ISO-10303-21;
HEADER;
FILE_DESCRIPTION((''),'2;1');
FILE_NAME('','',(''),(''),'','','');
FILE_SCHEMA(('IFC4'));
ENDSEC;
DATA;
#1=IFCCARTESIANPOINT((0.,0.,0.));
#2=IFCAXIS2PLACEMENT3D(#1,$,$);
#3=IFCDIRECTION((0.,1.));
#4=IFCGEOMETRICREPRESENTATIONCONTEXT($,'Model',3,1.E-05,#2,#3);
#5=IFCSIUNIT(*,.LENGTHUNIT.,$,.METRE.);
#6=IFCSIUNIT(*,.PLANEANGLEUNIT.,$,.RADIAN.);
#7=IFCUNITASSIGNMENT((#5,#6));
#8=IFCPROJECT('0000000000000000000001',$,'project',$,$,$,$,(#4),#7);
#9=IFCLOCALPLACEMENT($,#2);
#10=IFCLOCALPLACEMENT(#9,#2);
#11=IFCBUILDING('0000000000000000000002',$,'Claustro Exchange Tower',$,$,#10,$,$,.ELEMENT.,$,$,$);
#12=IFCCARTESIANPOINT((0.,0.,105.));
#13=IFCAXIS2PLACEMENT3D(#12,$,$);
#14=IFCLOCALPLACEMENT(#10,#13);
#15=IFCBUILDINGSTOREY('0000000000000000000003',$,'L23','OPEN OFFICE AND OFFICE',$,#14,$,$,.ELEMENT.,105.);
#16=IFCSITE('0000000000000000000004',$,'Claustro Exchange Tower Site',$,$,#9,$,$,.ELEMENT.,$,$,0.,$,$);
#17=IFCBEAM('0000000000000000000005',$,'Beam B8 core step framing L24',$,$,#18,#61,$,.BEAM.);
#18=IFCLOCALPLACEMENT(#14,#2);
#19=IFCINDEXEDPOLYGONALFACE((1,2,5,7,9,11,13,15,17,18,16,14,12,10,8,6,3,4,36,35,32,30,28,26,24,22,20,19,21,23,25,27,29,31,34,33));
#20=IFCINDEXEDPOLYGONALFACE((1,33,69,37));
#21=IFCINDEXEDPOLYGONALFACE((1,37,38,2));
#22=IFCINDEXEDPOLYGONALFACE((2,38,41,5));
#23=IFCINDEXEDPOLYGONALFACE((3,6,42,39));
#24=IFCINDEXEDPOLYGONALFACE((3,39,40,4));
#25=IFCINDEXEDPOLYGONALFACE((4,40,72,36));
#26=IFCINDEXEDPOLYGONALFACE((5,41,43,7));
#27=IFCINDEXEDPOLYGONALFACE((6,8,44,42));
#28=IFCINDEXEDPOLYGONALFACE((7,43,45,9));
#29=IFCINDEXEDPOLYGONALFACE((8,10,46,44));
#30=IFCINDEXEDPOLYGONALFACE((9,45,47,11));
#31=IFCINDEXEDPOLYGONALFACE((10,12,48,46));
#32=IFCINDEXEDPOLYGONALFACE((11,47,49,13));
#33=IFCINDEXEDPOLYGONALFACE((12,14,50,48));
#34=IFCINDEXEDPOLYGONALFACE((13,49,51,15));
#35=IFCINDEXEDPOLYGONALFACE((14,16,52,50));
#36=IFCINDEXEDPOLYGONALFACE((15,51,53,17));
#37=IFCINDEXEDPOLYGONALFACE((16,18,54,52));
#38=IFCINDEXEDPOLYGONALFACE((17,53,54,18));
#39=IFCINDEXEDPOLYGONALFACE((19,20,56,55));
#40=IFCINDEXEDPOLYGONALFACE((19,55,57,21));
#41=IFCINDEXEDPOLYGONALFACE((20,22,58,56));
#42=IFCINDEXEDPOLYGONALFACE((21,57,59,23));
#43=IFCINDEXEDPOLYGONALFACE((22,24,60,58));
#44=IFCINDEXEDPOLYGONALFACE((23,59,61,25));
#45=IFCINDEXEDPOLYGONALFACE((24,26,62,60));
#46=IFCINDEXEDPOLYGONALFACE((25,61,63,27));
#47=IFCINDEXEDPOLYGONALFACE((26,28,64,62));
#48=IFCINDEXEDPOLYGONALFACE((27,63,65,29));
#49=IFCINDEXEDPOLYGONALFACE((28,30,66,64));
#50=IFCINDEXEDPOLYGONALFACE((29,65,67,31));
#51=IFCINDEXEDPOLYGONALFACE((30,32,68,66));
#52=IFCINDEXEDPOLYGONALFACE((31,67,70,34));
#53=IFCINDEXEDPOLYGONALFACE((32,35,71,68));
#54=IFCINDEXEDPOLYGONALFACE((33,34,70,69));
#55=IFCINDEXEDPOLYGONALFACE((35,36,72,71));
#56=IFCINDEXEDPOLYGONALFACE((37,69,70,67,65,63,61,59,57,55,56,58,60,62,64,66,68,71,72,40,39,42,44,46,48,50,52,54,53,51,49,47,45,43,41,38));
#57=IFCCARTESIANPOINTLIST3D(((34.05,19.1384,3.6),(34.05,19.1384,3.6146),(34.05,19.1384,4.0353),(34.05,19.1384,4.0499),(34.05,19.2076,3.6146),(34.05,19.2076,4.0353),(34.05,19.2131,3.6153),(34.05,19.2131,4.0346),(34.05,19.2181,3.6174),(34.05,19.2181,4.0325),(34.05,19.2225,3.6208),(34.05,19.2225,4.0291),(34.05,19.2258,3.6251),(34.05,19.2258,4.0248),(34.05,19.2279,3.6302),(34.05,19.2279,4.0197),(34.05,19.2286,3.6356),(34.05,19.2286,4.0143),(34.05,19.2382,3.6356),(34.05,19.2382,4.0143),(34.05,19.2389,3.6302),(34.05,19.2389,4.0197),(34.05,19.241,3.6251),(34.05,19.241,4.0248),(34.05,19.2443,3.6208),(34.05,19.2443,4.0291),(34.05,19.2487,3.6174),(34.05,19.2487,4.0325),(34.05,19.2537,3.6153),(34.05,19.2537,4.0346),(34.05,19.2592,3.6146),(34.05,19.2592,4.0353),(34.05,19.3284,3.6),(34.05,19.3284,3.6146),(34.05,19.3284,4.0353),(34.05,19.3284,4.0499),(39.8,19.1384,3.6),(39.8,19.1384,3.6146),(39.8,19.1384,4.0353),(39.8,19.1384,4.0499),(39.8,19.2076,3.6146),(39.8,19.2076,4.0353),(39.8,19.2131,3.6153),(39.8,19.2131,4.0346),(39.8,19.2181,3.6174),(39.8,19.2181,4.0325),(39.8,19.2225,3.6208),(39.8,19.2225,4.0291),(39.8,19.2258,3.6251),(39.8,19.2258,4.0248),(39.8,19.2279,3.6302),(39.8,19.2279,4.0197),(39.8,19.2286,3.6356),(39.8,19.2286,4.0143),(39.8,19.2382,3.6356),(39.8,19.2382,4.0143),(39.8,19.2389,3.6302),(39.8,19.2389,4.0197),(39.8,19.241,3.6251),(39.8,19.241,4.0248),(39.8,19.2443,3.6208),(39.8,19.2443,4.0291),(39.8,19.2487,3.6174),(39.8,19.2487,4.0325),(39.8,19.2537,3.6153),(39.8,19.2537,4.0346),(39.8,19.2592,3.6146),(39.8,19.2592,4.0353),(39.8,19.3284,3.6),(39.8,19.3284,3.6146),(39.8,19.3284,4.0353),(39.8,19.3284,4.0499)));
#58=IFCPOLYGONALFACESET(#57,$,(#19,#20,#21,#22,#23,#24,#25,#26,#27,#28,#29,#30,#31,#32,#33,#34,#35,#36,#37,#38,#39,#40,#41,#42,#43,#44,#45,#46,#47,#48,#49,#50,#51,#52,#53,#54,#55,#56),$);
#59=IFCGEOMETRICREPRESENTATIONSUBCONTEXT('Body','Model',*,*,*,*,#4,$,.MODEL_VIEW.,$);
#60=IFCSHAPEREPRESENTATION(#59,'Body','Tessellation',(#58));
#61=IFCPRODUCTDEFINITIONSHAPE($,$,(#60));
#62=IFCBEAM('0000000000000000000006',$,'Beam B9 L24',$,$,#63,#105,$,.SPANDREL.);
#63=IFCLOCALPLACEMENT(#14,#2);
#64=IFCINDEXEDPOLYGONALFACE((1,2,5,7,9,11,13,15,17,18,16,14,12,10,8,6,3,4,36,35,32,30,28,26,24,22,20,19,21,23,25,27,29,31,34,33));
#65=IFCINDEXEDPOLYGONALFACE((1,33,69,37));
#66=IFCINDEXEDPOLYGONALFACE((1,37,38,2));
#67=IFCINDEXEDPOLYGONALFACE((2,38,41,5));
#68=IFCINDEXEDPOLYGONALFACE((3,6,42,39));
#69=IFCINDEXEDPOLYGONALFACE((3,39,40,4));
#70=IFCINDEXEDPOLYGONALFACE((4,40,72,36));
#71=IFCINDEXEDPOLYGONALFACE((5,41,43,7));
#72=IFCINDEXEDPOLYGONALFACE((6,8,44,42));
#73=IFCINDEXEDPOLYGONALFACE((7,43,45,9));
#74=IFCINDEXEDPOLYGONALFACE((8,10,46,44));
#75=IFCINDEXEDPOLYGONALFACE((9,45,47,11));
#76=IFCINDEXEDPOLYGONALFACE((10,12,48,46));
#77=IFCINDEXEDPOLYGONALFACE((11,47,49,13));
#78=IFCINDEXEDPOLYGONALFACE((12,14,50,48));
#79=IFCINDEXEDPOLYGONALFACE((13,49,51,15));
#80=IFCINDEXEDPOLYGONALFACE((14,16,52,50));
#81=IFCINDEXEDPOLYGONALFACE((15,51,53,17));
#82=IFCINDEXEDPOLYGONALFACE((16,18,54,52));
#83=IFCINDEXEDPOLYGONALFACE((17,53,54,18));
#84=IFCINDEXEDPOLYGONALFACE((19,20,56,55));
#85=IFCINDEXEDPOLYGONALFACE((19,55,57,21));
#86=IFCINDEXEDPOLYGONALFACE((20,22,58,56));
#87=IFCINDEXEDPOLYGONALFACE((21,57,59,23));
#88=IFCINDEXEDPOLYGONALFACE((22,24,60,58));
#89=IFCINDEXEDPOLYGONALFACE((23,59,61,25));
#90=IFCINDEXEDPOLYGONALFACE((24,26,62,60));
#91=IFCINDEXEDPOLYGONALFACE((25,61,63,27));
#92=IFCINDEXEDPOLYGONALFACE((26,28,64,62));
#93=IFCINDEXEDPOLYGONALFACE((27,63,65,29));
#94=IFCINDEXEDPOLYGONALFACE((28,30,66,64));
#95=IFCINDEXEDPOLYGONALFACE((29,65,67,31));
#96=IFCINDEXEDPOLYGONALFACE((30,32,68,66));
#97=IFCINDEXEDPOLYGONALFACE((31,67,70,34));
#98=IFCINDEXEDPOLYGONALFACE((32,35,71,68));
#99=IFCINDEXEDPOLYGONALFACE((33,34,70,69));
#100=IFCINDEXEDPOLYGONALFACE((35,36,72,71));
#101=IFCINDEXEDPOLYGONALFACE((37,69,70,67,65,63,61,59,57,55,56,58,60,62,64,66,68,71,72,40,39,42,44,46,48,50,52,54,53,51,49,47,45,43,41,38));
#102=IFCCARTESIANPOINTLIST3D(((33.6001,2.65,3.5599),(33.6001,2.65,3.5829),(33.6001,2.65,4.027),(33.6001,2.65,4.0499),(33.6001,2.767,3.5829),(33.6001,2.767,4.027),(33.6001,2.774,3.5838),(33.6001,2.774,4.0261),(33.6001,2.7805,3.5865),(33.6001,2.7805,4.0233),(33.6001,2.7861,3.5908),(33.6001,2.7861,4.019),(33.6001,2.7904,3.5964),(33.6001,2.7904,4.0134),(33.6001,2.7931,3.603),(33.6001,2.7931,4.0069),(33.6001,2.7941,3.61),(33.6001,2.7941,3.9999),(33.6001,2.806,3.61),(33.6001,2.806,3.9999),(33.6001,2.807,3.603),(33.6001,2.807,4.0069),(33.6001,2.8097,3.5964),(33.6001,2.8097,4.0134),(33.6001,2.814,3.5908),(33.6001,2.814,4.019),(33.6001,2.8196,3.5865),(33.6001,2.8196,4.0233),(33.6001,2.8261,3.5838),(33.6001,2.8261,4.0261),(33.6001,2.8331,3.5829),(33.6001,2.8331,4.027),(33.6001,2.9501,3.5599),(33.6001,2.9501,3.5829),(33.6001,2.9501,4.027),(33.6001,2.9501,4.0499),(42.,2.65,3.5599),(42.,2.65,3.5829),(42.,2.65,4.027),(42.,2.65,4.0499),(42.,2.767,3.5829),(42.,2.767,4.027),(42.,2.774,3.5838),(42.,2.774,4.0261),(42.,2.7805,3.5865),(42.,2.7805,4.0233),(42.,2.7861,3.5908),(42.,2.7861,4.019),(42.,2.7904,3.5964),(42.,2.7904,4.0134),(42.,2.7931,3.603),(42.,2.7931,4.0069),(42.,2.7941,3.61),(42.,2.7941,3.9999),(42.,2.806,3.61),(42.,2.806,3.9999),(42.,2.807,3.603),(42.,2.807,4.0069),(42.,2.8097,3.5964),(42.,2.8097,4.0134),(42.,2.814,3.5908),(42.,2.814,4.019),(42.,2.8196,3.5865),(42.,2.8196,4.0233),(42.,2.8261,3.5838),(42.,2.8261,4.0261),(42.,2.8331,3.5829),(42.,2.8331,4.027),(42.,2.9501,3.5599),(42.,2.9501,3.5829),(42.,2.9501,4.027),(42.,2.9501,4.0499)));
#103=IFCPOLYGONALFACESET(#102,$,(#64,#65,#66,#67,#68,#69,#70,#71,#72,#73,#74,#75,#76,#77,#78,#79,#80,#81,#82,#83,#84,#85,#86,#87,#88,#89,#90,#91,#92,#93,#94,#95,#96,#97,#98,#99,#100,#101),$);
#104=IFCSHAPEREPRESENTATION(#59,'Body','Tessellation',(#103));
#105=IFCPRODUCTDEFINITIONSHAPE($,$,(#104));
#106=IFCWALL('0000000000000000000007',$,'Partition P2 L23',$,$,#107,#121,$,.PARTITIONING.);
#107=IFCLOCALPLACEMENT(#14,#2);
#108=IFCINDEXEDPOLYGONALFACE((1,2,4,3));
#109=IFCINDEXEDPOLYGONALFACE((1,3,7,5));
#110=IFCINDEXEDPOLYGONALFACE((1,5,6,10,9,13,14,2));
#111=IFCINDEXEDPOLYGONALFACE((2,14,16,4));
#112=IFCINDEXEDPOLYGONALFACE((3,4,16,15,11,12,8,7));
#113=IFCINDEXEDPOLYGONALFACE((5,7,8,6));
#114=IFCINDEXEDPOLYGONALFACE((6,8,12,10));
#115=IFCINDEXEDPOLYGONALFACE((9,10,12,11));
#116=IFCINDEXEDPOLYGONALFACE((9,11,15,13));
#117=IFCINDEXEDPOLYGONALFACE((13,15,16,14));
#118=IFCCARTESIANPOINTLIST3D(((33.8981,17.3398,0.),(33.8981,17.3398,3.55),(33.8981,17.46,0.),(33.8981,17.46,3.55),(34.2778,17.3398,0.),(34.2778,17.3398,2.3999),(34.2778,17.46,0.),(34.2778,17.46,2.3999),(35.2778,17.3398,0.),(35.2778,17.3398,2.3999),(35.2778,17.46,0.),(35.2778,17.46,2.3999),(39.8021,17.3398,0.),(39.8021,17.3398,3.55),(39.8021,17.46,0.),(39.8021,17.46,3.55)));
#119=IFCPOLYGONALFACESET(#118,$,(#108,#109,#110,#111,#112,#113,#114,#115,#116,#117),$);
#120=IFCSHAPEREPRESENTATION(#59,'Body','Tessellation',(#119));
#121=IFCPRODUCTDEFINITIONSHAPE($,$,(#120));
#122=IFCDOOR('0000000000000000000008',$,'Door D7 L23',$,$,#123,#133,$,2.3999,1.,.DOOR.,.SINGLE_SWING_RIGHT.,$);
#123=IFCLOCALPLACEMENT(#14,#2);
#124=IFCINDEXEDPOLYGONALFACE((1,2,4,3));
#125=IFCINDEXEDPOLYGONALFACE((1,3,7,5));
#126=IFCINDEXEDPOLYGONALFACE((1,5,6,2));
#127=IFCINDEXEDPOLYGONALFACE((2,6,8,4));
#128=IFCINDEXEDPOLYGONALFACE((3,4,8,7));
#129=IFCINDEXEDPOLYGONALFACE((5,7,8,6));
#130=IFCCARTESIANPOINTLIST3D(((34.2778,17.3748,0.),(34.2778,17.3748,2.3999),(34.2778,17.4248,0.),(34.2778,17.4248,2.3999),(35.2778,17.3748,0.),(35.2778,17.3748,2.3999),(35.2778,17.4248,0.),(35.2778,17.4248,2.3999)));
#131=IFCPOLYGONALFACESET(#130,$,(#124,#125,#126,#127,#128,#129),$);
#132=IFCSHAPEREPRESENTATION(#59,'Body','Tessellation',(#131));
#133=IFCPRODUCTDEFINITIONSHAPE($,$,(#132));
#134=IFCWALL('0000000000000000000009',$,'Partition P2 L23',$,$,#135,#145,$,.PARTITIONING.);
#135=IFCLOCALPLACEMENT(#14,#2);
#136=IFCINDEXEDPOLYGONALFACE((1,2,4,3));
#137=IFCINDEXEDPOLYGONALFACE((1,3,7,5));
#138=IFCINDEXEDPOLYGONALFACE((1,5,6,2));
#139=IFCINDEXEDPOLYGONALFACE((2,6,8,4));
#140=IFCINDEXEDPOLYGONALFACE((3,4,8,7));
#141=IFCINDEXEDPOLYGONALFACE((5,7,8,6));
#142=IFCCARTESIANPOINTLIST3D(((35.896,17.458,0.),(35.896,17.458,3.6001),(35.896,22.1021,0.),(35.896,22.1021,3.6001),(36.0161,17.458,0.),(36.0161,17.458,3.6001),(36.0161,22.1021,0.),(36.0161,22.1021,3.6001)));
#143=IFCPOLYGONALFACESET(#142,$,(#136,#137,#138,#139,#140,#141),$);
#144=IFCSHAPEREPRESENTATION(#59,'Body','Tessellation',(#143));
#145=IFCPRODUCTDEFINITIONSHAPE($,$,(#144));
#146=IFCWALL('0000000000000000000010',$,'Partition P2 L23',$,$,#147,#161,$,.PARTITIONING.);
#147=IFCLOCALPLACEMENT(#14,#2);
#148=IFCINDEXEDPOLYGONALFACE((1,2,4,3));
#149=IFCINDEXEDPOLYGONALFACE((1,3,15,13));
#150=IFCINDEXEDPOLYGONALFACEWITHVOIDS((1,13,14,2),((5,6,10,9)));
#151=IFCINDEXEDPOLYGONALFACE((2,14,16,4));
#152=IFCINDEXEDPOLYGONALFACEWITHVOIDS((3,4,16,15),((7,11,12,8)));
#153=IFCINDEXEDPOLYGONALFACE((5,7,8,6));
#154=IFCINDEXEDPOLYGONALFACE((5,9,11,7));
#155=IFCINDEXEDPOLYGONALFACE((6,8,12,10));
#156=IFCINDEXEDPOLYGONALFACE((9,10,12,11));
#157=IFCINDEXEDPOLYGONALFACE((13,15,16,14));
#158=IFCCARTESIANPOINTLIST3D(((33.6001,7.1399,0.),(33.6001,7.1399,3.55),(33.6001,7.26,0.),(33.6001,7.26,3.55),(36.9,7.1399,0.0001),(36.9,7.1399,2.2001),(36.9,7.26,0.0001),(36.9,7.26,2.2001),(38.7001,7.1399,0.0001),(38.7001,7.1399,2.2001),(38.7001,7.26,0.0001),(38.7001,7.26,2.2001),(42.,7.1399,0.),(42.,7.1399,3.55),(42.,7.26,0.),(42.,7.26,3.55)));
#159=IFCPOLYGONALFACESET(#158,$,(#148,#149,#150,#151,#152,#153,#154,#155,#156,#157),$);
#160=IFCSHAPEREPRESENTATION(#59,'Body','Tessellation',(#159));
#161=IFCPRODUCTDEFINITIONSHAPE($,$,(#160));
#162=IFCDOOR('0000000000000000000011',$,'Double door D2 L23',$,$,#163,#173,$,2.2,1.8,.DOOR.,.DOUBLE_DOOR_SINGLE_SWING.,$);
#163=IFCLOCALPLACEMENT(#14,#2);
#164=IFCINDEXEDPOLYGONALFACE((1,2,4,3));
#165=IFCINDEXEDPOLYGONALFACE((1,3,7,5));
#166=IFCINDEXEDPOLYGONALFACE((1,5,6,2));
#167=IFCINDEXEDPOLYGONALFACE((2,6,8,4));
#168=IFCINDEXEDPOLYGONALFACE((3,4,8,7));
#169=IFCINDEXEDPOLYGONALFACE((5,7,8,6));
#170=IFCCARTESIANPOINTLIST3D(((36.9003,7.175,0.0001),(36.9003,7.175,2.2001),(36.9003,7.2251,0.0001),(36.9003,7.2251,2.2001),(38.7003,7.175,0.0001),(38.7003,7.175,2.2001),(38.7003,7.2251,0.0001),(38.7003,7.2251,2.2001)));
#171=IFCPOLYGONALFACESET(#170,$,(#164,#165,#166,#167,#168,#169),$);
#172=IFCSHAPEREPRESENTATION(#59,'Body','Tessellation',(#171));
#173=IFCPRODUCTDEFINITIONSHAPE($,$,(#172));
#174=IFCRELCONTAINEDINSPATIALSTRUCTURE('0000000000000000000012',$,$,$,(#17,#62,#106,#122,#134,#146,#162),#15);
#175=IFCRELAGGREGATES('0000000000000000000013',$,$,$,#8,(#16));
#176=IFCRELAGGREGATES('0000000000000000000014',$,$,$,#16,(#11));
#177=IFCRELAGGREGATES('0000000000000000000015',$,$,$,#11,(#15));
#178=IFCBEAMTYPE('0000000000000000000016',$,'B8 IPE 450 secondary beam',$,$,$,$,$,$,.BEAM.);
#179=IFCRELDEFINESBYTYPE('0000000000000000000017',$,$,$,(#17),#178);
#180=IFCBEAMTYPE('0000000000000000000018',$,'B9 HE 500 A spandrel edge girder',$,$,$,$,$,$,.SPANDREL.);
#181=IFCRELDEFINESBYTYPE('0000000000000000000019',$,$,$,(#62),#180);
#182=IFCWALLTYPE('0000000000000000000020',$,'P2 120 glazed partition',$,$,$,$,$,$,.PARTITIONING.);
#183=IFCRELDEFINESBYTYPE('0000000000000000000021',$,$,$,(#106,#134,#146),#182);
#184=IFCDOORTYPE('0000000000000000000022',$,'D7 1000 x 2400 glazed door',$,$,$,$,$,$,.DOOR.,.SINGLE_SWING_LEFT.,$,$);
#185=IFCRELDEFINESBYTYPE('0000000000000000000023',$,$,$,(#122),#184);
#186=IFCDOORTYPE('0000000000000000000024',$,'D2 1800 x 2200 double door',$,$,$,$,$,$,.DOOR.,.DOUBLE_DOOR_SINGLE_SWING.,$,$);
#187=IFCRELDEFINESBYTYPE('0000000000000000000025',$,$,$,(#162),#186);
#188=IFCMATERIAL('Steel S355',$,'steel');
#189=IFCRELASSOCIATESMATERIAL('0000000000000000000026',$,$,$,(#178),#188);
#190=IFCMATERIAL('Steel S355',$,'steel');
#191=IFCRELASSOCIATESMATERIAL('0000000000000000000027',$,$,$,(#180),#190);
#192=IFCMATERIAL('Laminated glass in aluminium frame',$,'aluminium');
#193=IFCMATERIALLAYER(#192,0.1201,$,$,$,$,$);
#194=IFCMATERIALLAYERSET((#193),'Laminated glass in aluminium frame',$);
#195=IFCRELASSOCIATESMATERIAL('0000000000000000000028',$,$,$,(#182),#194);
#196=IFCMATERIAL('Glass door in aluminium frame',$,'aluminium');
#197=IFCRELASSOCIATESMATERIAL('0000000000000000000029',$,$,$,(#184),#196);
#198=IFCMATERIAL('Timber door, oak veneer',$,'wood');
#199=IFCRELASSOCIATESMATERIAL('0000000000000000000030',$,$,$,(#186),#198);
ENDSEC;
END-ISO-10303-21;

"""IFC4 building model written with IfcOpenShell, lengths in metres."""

from ifc_helpers import new_model, si_unit, direction, frame, frame_2d, origin, origin_2d, place, context, subcontext, project, spatial, rectangle, i_section, extrude, material, layer, layer_set, material_profile, profile_set, type_object, element, fill, save


model = new_model("IFC4")

# Units and contexts
model_context = context("Model", 3, precision=1e-05, world=origin(), true_north=direction((0.0, 1.0)))
body_context = subcontext(model_context, "Body", "Model", "MODEL_VIEW")
ifc_project = project(units=[si_unit("LENGTHUNIT", "METRE"), si_unit("PLANEANGLEUNIT", "RADIAN")], contexts=[model_context])

# Site, building, storey
site_placement = place(None, origin())
site = spatial("IfcSite", under=ifc_project, at=site_placement, Name="Claustro Exchange Tower Site", CompositionType="ELEMENT", RefElevation=0.0)
building_placement = place(site_placement, origin())
building = spatial("IfcBuilding", under=site, at=building_placement, Name="Claustro Exchange Tower", CompositionType="ELEMENT")
storey_placement = place(building_placement, frame((0.0, 0.0, 105.0)))
storey = spatial("IfcBuildingStorey", under=building, at=storey_placement, Name="L23", Description="OPEN OFFICE AND OFFICE", CompositionType="ELEMENT", Elevation=105.0)

# Beams
ifc_material_1 = material(Name="Steel S355", Category="steel")
ifc_material_profile_1 = material_profile(ifc_material_1, i_section(OverallWidth=0.1899, OverallDepth=0.45, WebThickness=0.0095, FlangeThickness=0.0146, FilletRadius=0.021, at=origin_2d()), Name="IPE 450")
ifc_profile_set_1 = profile_set([ifc_material_profile_1], Name="Steel S355")
beam_type_1 = type_object("IfcBeamType", Name="B8 IPE 450 secondary beam", PredefinedType="BEAM", material=ifc_profile_set_1)
for number, where, z_axis, x_axis, name in (
    (1, (34.05, 19.2334, 3.825), (1.0, 0.0, 0.0), (0.0, 1.0, 0.0), "Beam B8 core step framing L24"),
):
    element("IfcBeam", number, at=place(storey_placement, frame(where, z_axis=z_axis, x_axis=x_axis)), inside=storey, type_object=beam_type_1, Name=name, PredefinedType="BEAM", context=body_context, shape_type="SweptSolid", body=[
        extrude(i_section(OverallWidth=0.1899, OverallDepth=0.45, WebThickness=0.0095, FlangeThickness=0.0146, FilletRadius=0.021, at=origin_2d()), origin(), (0.0, 0.0, 1.0), 5.75),
    ])
ifc_material_2 = material(Name="Steel S355", Category="steel")
ifc_material_profile_2 = material_profile(ifc_material_2, i_section(OverallWidth=0.3, OverallDepth=0.49, WebThickness=0.012, FlangeThickness=0.0229, FilletRadius=0.0271, at=origin_2d()), Name="HE 500 A")
ifc_profile_set_2 = profile_set([ifc_material_profile_2], Name="Steel S355")
beam_type_2 = type_object("IfcBeamType", Name="B9 HE 500 A spandrel edge girder", PredefinedType="SPANDREL", material=ifc_profile_set_2)
beam_1_placement = place(storey_placement, frame((33.6001, 2.8, 3.8049), z_axis=(1.0, 0.0, 0.0), x_axis=(0.0, 1.0, 0.0)))
element("IfcBeam", 2, at=beam_1_placement, inside=storey, type_object=beam_type_2, Name="Beam B9 L24", PredefinedType="SPANDREL", context=body_context, shape_type="SweptSolid", body=[
    extrude(i_section(OverallWidth=0.3, OverallDepth=0.49, WebThickness=0.012, FlangeThickness=0.0229, FilletRadius=0.0271, at=origin_2d()), origin(), (0.0, 0.0, 1.0), 8.3999),
])

# Wall, opening, door
ifc_material_3 = material(Name="Laminated glass in aluminium frame", Category="aluminium")
ifc_layer_1 = layer(ifc_material_3, 0.1201)
ifc_layer_set_1 = layer_set([ifc_layer_1], Name="Laminated glass in aluminium frame")
wall_type_1 = type_object("IfcWallType", Name="P2 120 glazed partition", PredefinedType="PARTITIONING", material=ifc_layer_set_1)
wall_1_placement = place(storey_placement, frame((33.8979, 17.3999, 0.0), z_axis=(0.0, 0.0, 1.0), x_axis=(1.0, 0.0, 0.0)))
wall_1 = element("IfcWall", 3, at=wall_1_placement, inside=storey, type_object=wall_type_1, Name="Partition P2 L23", PredefinedType="PARTITIONING", context=body_context, shape_type="SweptSolid", body=[
    extrude(rectangle(XDim=5.9041, YDim=0.1201, at=frame_2d((2.9521, 0.0))), origin(), (0.0, 0.0, 1.0), 3.55),
])
opening_1_placement = place(wall_1_placement, frame((0.3799, 0.0, 0.0)))
opening_1 = element("IfcOpeningElement", 4, at=opening_1_placement, cuts=wall_1, PredefinedType="OPENING", context=body_context, shape_type="SweptSolid", body=[
    extrude(rectangle(XDim=1.0, YDim=2.3999, at=frame_2d((0.5, 1.2))), frame((0.0, 0.0701, 0.0), z_axis=(0.0, -1.0, 0.0), x_axis=(1.0, 0.0, 0.0)), (0.0, 0.0, 1.0), 0.1401),
])
ifc_material_4 = material(Name="Glass door in aluminium frame", Category="aluminium")
door_type_1 = type_object("IfcDoorType", Name="D7 1000 x 2400 glazed door", OperationType="SINGLE_SWING_LEFT", PredefinedType="DOOR", material=ifc_material_4)
door_1_placement = place(opening_1_placement, origin())
door_1 = element("IfcDoor", 5, at=door_1_placement, inside=storey, type_object=door_type_1, Name="Door D7 L23", OperationType="SINGLE_SWING_RIGHT", OverallHeight=2.3999, OverallWidth=1.0, PredefinedType="DOOR", context=body_context, shape_type="SweptSolid", body=[
    extrude(rectangle(XDim=1.0, YDim=2.3999, at=frame_2d((0.5, 1.2))), frame((0.0, 0.0249, 0.0), z_axis=(0.0, -1.0, 0.0), x_axis=(1.0, 0.0, 0.0)), (0.0, 0.0, 1.0), 0.05),
])
fill(opening_1, door_1)

# Wall
wall_2_placement = place(storey_placement, frame((35.9561, 17.458, 0.0), z_axis=(0.0, 0.0, 1.0), x_axis=(0.0, 1.0, 0.0)))
element("IfcWall", 6, at=wall_2_placement, inside=storey, type_object=wall_type_1, Name="Partition P2 L23", PredefinedType="PARTITIONING", context=body_context, shape_type="SweptSolid", body=[
    extrude(rectangle(XDim=4.644, YDim=0.1201, at=frame_2d((2.322, 0.0))), origin(), (0.0, 0.0, 1.0), 3.6001),
])

# Wall, opening, door
wall_3_placement = place(storey_placement, frame((33.6001, 7.2, 0.0), z_axis=(0.0, 0.0, 1.0), x_axis=(1.0, 0.0, 0.0)))
wall_3 = element("IfcWall", 7, at=wall_3_placement, inside=storey, type_object=wall_type_1, Name="Partition P2 L23", PredefinedType="PARTITIONING", context=body_context, shape_type="SweptSolid", body=[
    extrude(rectangle(XDim=8.3999, YDim=0.1201, at=frame_2d((4.2, 0.0))), origin(), (0.0, 0.0, 1.0), 3.55),
])
opening_2_placement = place(wall_3_placement, frame((3.3, 0.0, 0.0)))
opening_2 = element("IfcOpeningElement", 8, at=opening_2_placement, cuts=wall_3, PredefinedType="OPENING", context=body_context, shape_type="SweptSolid", body=[
    extrude(rectangle(XDim=1.8, YDim=2.2, at=frame_2d((0.8999, 1.1001))), frame((0.0, 0.0701, 0.0), z_axis=(0.0, -1.0, 0.0), x_axis=(1.0, 0.0, 0.0)), (0.0, 0.0, 1.0), 0.1401),
])
ifc_material_5 = material(Name="Timber door, oak veneer", Category="wood")
door_type_2 = type_object("IfcDoorType", Name="D2 1800 x 2200 double door", OperationType="DOUBLE_DOOR_SINGLE_SWING", PredefinedType="DOOR", material=ifc_material_5)
door_2_placement = place(opening_2_placement, frame((1.8, 0.0, 0.0), z_axis=(0.0, 0.0, 1.0), x_axis=(-1.0, 0.0, 0.0)))
door_2 = element("IfcDoor", 9, at=door_2_placement, inside=storey, type_object=door_type_2, Name="Double door D2 L23", OperationType="DOUBLE_DOOR_SINGLE_SWING", OverallHeight=2.2, OverallWidth=1.8, PredefinedType="DOOR", context=body_context, shape_type="SweptSolid", body=[
    extrude(rectangle(XDim=1.8, YDim=2.2, at=frame_2d((0.8999, 1.1001))), frame((0.0, 0.0249, 0.0), z_axis=(0.0, -1.0, 0.0), x_axis=(1.0, 0.0, 0.0)), (0.0, 0.0, 1.0), 0.05),
])
fill(opening_2, door_2)

save(model, "model.ifc")
